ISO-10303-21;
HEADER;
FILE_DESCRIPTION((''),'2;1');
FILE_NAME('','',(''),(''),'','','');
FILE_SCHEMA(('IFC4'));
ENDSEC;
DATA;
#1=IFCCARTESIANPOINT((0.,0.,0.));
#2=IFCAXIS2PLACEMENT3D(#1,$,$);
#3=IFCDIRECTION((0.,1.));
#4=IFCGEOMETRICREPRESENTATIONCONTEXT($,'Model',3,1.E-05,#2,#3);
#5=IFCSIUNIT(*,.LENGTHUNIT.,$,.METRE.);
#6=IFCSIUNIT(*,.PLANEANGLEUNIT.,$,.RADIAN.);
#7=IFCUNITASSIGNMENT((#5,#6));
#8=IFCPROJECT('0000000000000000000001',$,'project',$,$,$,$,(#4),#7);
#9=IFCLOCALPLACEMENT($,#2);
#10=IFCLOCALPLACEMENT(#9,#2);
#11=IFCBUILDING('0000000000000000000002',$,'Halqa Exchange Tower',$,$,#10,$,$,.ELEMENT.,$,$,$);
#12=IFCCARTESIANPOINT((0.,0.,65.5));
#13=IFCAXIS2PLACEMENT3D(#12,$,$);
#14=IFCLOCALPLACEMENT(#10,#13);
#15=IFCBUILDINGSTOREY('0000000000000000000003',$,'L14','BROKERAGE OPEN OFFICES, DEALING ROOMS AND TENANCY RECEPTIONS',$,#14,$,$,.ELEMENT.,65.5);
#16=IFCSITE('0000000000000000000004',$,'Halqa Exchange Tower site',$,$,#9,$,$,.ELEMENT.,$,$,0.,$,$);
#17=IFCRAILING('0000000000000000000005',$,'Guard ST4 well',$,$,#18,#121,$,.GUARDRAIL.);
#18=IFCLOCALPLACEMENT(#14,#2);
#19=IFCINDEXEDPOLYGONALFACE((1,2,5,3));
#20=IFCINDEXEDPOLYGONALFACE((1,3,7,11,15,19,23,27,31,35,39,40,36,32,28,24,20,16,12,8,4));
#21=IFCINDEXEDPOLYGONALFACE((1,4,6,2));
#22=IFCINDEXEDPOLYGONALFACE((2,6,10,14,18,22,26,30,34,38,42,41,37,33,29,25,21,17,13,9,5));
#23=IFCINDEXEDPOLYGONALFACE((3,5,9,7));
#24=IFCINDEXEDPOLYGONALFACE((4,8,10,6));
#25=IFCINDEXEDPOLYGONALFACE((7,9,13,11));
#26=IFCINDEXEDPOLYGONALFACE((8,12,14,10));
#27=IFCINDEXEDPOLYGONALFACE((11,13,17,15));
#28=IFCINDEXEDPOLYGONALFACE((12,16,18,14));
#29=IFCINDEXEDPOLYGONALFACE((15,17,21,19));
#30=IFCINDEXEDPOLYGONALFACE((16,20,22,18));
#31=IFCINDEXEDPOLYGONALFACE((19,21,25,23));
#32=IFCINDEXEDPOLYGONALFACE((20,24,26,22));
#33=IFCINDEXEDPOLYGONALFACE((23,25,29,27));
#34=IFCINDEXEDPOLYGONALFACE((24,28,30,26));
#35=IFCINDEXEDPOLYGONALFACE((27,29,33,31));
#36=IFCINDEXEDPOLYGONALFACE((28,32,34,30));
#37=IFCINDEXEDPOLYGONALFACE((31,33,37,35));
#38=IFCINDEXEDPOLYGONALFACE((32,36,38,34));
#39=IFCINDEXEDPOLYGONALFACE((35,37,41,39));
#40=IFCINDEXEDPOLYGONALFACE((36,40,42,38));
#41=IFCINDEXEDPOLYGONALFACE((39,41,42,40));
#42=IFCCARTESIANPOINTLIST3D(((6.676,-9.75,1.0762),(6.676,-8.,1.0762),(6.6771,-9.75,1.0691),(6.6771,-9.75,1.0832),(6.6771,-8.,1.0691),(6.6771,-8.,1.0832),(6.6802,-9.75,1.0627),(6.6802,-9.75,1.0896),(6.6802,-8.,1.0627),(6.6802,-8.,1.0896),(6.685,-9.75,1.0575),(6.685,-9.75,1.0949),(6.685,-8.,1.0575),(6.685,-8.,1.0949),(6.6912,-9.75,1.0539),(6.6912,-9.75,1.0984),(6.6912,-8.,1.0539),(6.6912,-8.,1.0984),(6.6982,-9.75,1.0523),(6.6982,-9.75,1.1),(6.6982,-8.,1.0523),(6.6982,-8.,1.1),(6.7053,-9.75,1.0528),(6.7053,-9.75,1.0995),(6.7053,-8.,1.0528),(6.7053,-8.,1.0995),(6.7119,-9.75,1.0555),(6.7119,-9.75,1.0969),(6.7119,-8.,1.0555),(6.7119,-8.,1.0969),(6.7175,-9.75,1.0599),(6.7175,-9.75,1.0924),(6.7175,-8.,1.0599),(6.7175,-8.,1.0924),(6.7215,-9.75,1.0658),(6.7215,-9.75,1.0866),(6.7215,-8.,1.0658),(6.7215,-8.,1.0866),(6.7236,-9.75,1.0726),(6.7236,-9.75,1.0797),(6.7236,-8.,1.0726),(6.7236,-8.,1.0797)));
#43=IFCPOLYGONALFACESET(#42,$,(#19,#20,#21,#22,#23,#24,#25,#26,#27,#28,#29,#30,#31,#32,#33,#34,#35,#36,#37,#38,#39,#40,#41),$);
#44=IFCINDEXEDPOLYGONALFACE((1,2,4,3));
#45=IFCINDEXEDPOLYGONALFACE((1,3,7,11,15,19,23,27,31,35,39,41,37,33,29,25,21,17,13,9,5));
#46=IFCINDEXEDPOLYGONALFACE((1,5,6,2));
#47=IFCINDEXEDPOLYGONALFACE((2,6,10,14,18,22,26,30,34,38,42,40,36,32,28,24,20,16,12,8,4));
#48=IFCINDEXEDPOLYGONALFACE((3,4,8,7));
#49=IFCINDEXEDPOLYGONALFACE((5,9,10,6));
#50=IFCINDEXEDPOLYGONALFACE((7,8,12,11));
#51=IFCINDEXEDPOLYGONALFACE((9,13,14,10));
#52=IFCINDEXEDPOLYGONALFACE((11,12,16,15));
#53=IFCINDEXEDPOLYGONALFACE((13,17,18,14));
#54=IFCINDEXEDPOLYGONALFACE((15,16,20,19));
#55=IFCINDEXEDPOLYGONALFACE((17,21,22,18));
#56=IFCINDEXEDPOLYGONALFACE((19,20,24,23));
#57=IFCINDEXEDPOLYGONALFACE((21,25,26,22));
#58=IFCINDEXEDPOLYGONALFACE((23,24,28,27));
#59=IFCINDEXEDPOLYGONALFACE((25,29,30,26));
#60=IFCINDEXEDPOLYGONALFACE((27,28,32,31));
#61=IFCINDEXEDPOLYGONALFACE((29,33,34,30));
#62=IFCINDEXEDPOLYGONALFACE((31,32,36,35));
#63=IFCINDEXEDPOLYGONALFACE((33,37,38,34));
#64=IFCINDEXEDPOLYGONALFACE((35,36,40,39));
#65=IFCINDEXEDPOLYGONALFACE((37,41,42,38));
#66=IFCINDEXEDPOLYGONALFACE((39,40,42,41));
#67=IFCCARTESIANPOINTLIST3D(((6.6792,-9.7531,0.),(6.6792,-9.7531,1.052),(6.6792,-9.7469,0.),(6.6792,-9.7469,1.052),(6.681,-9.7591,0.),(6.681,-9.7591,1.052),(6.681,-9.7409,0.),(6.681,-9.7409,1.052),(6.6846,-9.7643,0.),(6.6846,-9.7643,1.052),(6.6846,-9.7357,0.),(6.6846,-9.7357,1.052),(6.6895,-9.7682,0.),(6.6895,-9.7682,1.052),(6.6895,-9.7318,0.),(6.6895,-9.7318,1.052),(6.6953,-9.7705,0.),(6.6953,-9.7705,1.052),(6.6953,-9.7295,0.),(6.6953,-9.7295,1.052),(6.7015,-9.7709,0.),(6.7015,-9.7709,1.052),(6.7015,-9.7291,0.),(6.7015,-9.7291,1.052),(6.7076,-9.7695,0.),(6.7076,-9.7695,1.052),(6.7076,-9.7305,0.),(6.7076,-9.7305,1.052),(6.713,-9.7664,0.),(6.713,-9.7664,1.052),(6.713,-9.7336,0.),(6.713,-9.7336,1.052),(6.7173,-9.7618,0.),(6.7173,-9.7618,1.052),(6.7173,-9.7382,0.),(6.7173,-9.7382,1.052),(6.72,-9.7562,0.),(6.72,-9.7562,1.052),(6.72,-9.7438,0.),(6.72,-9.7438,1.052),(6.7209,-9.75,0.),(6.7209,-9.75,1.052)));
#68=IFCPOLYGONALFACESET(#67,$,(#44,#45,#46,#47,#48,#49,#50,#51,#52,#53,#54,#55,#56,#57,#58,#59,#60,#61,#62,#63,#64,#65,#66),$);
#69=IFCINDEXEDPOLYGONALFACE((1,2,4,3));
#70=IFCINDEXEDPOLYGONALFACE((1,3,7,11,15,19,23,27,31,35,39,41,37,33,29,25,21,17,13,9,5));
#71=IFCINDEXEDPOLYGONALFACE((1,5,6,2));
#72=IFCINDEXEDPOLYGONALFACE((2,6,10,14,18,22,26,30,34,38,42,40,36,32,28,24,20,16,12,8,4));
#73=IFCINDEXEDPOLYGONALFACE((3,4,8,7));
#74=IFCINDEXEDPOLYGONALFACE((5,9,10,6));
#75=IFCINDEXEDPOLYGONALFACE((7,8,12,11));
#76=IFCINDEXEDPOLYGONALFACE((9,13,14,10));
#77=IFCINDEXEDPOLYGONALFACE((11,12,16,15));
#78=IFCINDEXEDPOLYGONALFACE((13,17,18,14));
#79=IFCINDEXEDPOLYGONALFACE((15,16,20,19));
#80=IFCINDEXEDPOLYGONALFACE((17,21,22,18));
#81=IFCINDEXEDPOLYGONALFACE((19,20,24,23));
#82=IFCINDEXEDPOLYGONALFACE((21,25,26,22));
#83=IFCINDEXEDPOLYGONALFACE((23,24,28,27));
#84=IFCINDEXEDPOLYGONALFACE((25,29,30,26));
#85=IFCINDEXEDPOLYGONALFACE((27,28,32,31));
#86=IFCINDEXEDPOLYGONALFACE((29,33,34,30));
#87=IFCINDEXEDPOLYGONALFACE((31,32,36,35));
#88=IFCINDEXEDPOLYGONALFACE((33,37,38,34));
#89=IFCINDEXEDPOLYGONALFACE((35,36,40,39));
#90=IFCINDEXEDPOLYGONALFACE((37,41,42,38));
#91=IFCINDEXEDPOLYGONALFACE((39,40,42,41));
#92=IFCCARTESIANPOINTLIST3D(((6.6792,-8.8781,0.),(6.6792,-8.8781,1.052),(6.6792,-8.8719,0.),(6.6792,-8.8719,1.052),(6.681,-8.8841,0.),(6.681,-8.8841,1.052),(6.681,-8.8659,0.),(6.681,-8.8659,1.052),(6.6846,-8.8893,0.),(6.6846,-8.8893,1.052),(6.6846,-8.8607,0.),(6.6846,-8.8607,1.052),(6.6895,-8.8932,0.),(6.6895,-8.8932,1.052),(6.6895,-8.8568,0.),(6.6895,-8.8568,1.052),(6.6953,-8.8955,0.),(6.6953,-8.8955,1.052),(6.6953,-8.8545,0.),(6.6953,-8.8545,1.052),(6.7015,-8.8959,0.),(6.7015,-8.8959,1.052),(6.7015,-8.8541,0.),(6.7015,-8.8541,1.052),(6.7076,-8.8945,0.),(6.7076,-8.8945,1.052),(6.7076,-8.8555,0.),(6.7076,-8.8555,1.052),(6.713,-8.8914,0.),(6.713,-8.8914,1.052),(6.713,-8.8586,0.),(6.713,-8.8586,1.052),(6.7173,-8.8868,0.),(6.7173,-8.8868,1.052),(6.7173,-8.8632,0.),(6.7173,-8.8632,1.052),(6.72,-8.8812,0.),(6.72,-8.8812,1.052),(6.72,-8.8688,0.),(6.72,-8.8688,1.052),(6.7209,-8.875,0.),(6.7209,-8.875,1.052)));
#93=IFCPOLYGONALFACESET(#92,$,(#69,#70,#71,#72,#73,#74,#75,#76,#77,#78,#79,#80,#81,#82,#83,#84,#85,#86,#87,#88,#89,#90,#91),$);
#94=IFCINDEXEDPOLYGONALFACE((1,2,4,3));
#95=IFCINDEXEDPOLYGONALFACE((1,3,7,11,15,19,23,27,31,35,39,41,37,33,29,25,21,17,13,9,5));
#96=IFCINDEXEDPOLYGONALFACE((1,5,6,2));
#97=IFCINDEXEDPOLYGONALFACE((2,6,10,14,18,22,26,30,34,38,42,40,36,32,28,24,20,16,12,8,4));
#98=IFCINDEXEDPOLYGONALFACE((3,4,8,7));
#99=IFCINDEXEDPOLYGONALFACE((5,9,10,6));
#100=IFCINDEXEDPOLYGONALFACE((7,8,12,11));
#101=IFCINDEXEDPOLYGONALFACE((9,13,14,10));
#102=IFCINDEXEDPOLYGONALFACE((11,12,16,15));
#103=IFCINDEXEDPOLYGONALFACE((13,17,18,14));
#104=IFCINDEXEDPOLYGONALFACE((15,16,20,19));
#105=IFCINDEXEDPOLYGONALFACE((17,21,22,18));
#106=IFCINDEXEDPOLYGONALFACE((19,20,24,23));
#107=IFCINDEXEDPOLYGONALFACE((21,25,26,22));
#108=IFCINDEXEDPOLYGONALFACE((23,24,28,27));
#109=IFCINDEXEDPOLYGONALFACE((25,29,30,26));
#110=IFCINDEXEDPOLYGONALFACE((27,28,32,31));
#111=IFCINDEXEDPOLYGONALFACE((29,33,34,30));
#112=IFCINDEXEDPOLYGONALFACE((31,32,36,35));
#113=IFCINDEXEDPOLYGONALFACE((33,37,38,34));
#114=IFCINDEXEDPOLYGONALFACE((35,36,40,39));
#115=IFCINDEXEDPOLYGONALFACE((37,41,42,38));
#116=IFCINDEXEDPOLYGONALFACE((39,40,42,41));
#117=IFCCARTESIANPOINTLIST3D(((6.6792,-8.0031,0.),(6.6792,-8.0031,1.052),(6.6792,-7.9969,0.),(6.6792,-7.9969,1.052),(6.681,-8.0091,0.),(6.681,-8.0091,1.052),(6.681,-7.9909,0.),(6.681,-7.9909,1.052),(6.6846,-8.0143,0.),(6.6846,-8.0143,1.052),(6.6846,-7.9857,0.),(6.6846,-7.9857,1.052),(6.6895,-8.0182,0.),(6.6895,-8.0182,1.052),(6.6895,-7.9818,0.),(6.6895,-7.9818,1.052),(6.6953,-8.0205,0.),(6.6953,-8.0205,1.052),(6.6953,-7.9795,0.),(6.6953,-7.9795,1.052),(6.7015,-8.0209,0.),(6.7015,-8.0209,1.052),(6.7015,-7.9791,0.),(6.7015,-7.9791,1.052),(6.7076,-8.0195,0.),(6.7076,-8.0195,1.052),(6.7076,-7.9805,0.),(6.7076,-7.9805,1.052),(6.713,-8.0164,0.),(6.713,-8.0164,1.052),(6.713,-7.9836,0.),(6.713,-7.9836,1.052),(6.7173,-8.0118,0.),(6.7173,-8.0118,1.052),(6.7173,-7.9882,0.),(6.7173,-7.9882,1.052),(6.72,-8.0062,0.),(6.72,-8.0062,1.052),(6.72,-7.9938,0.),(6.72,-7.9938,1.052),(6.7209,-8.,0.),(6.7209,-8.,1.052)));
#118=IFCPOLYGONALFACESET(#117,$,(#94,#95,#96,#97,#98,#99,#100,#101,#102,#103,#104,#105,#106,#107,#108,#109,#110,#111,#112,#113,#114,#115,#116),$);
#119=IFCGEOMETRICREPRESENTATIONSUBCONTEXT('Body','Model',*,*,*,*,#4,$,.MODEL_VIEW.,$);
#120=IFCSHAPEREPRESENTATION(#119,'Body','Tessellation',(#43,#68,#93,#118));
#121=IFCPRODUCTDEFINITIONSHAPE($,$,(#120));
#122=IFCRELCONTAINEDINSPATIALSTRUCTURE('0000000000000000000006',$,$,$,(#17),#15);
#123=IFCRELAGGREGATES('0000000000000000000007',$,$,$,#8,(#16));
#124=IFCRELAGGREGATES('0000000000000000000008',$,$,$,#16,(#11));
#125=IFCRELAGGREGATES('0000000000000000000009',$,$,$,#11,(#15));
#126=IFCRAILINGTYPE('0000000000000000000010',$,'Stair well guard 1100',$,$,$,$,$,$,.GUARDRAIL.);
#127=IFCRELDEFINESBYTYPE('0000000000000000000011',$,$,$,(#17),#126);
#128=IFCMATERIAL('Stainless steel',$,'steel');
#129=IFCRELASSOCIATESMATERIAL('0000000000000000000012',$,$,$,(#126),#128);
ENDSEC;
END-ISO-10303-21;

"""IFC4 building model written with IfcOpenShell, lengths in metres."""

from ifc_helpers import new_model, si_unit, direction, frame, origin, origin_2d, place, context, subcontext, project, spatial, circle, extrude, material, type_object, element, save


model = new_model("IFC4")

# Units and contexts
model_context = context("Model", 3, precision=1e-05, world=origin(), true_north=direction((0.0, 1.0)))
body_context = subcontext(model_context, "Body", "Model", "MODEL_VIEW")
ifc_project = project(units=[si_unit("LENGTHUNIT", "METRE"), si_unit("PLANEANGLEUNIT", "RADIAN")], contexts=[model_context])

# Site, building, storey
site_placement = place(None, origin())
site = spatial("IfcSite", under=ifc_project, at=site_placement, Name="Halqa Exchange Tower site", CompositionType="ELEMENT", RefElevation=0.0)
building_placement = place(site_placement, origin())
building = spatial("IfcBuilding", under=site, at=building_placement, Name="Halqa Exchange Tower", CompositionType="ELEMENT")
storey_placement = place(building_placement, frame((0.0, 0.0, 65.5)))
storey = spatial("IfcBuildingStorey", under=building, at=storey_placement, Name="L14", Description="BROKERAGE OPEN OFFICES, DEALING ROOMS AND TENANCY RECEPTIONS", CompositionType="ELEMENT", Elevation=65.5)

# Railing
ifc_material_1 = material(Name="Stainless steel", Category="steel")
railing_type_1 = type_object("IfcRailingType", Name="Stair well guard 1100", PredefinedType="GUARDRAIL", material=ifc_material_1)
railing_1_placement = place(storey_placement, frame((6.7, -9.75, 0.0)))
element("IfcRailing", 1, at=railing_1_placement, inside=storey, type_object=railing_type_1, Name="Guard ST4 well", PredefinedType="GUARDRAIL", context=body_context, shape_type="SweptSolid", body=[
    extrude(circle(Radius=0.0239, at=origin_2d()), frame((0.0, 0.0, 1.0762), z_axis=(0.0, 1.0, 0.0), x_axis=(-1.0, 0.0, 0.0)), (0.0, 0.0, 1.0), 1.75),
    extrude(circle(Radius=0.021, at=origin_2d()), origin(), (0.0, 0.0, 1.0), 1.052),
    extrude(circle(Radius=0.021, at=origin_2d()), frame((0.0, 0.875, 0.0)), (0.0, 0.0, 1.0), 1.052),
    extrude(circle(Radius=0.021, at=origin_2d()), frame((0.0, 1.75, 0.0)), (0.0, 0.0, 1.0), 1.052),
])

save(model, "model.ifc")
